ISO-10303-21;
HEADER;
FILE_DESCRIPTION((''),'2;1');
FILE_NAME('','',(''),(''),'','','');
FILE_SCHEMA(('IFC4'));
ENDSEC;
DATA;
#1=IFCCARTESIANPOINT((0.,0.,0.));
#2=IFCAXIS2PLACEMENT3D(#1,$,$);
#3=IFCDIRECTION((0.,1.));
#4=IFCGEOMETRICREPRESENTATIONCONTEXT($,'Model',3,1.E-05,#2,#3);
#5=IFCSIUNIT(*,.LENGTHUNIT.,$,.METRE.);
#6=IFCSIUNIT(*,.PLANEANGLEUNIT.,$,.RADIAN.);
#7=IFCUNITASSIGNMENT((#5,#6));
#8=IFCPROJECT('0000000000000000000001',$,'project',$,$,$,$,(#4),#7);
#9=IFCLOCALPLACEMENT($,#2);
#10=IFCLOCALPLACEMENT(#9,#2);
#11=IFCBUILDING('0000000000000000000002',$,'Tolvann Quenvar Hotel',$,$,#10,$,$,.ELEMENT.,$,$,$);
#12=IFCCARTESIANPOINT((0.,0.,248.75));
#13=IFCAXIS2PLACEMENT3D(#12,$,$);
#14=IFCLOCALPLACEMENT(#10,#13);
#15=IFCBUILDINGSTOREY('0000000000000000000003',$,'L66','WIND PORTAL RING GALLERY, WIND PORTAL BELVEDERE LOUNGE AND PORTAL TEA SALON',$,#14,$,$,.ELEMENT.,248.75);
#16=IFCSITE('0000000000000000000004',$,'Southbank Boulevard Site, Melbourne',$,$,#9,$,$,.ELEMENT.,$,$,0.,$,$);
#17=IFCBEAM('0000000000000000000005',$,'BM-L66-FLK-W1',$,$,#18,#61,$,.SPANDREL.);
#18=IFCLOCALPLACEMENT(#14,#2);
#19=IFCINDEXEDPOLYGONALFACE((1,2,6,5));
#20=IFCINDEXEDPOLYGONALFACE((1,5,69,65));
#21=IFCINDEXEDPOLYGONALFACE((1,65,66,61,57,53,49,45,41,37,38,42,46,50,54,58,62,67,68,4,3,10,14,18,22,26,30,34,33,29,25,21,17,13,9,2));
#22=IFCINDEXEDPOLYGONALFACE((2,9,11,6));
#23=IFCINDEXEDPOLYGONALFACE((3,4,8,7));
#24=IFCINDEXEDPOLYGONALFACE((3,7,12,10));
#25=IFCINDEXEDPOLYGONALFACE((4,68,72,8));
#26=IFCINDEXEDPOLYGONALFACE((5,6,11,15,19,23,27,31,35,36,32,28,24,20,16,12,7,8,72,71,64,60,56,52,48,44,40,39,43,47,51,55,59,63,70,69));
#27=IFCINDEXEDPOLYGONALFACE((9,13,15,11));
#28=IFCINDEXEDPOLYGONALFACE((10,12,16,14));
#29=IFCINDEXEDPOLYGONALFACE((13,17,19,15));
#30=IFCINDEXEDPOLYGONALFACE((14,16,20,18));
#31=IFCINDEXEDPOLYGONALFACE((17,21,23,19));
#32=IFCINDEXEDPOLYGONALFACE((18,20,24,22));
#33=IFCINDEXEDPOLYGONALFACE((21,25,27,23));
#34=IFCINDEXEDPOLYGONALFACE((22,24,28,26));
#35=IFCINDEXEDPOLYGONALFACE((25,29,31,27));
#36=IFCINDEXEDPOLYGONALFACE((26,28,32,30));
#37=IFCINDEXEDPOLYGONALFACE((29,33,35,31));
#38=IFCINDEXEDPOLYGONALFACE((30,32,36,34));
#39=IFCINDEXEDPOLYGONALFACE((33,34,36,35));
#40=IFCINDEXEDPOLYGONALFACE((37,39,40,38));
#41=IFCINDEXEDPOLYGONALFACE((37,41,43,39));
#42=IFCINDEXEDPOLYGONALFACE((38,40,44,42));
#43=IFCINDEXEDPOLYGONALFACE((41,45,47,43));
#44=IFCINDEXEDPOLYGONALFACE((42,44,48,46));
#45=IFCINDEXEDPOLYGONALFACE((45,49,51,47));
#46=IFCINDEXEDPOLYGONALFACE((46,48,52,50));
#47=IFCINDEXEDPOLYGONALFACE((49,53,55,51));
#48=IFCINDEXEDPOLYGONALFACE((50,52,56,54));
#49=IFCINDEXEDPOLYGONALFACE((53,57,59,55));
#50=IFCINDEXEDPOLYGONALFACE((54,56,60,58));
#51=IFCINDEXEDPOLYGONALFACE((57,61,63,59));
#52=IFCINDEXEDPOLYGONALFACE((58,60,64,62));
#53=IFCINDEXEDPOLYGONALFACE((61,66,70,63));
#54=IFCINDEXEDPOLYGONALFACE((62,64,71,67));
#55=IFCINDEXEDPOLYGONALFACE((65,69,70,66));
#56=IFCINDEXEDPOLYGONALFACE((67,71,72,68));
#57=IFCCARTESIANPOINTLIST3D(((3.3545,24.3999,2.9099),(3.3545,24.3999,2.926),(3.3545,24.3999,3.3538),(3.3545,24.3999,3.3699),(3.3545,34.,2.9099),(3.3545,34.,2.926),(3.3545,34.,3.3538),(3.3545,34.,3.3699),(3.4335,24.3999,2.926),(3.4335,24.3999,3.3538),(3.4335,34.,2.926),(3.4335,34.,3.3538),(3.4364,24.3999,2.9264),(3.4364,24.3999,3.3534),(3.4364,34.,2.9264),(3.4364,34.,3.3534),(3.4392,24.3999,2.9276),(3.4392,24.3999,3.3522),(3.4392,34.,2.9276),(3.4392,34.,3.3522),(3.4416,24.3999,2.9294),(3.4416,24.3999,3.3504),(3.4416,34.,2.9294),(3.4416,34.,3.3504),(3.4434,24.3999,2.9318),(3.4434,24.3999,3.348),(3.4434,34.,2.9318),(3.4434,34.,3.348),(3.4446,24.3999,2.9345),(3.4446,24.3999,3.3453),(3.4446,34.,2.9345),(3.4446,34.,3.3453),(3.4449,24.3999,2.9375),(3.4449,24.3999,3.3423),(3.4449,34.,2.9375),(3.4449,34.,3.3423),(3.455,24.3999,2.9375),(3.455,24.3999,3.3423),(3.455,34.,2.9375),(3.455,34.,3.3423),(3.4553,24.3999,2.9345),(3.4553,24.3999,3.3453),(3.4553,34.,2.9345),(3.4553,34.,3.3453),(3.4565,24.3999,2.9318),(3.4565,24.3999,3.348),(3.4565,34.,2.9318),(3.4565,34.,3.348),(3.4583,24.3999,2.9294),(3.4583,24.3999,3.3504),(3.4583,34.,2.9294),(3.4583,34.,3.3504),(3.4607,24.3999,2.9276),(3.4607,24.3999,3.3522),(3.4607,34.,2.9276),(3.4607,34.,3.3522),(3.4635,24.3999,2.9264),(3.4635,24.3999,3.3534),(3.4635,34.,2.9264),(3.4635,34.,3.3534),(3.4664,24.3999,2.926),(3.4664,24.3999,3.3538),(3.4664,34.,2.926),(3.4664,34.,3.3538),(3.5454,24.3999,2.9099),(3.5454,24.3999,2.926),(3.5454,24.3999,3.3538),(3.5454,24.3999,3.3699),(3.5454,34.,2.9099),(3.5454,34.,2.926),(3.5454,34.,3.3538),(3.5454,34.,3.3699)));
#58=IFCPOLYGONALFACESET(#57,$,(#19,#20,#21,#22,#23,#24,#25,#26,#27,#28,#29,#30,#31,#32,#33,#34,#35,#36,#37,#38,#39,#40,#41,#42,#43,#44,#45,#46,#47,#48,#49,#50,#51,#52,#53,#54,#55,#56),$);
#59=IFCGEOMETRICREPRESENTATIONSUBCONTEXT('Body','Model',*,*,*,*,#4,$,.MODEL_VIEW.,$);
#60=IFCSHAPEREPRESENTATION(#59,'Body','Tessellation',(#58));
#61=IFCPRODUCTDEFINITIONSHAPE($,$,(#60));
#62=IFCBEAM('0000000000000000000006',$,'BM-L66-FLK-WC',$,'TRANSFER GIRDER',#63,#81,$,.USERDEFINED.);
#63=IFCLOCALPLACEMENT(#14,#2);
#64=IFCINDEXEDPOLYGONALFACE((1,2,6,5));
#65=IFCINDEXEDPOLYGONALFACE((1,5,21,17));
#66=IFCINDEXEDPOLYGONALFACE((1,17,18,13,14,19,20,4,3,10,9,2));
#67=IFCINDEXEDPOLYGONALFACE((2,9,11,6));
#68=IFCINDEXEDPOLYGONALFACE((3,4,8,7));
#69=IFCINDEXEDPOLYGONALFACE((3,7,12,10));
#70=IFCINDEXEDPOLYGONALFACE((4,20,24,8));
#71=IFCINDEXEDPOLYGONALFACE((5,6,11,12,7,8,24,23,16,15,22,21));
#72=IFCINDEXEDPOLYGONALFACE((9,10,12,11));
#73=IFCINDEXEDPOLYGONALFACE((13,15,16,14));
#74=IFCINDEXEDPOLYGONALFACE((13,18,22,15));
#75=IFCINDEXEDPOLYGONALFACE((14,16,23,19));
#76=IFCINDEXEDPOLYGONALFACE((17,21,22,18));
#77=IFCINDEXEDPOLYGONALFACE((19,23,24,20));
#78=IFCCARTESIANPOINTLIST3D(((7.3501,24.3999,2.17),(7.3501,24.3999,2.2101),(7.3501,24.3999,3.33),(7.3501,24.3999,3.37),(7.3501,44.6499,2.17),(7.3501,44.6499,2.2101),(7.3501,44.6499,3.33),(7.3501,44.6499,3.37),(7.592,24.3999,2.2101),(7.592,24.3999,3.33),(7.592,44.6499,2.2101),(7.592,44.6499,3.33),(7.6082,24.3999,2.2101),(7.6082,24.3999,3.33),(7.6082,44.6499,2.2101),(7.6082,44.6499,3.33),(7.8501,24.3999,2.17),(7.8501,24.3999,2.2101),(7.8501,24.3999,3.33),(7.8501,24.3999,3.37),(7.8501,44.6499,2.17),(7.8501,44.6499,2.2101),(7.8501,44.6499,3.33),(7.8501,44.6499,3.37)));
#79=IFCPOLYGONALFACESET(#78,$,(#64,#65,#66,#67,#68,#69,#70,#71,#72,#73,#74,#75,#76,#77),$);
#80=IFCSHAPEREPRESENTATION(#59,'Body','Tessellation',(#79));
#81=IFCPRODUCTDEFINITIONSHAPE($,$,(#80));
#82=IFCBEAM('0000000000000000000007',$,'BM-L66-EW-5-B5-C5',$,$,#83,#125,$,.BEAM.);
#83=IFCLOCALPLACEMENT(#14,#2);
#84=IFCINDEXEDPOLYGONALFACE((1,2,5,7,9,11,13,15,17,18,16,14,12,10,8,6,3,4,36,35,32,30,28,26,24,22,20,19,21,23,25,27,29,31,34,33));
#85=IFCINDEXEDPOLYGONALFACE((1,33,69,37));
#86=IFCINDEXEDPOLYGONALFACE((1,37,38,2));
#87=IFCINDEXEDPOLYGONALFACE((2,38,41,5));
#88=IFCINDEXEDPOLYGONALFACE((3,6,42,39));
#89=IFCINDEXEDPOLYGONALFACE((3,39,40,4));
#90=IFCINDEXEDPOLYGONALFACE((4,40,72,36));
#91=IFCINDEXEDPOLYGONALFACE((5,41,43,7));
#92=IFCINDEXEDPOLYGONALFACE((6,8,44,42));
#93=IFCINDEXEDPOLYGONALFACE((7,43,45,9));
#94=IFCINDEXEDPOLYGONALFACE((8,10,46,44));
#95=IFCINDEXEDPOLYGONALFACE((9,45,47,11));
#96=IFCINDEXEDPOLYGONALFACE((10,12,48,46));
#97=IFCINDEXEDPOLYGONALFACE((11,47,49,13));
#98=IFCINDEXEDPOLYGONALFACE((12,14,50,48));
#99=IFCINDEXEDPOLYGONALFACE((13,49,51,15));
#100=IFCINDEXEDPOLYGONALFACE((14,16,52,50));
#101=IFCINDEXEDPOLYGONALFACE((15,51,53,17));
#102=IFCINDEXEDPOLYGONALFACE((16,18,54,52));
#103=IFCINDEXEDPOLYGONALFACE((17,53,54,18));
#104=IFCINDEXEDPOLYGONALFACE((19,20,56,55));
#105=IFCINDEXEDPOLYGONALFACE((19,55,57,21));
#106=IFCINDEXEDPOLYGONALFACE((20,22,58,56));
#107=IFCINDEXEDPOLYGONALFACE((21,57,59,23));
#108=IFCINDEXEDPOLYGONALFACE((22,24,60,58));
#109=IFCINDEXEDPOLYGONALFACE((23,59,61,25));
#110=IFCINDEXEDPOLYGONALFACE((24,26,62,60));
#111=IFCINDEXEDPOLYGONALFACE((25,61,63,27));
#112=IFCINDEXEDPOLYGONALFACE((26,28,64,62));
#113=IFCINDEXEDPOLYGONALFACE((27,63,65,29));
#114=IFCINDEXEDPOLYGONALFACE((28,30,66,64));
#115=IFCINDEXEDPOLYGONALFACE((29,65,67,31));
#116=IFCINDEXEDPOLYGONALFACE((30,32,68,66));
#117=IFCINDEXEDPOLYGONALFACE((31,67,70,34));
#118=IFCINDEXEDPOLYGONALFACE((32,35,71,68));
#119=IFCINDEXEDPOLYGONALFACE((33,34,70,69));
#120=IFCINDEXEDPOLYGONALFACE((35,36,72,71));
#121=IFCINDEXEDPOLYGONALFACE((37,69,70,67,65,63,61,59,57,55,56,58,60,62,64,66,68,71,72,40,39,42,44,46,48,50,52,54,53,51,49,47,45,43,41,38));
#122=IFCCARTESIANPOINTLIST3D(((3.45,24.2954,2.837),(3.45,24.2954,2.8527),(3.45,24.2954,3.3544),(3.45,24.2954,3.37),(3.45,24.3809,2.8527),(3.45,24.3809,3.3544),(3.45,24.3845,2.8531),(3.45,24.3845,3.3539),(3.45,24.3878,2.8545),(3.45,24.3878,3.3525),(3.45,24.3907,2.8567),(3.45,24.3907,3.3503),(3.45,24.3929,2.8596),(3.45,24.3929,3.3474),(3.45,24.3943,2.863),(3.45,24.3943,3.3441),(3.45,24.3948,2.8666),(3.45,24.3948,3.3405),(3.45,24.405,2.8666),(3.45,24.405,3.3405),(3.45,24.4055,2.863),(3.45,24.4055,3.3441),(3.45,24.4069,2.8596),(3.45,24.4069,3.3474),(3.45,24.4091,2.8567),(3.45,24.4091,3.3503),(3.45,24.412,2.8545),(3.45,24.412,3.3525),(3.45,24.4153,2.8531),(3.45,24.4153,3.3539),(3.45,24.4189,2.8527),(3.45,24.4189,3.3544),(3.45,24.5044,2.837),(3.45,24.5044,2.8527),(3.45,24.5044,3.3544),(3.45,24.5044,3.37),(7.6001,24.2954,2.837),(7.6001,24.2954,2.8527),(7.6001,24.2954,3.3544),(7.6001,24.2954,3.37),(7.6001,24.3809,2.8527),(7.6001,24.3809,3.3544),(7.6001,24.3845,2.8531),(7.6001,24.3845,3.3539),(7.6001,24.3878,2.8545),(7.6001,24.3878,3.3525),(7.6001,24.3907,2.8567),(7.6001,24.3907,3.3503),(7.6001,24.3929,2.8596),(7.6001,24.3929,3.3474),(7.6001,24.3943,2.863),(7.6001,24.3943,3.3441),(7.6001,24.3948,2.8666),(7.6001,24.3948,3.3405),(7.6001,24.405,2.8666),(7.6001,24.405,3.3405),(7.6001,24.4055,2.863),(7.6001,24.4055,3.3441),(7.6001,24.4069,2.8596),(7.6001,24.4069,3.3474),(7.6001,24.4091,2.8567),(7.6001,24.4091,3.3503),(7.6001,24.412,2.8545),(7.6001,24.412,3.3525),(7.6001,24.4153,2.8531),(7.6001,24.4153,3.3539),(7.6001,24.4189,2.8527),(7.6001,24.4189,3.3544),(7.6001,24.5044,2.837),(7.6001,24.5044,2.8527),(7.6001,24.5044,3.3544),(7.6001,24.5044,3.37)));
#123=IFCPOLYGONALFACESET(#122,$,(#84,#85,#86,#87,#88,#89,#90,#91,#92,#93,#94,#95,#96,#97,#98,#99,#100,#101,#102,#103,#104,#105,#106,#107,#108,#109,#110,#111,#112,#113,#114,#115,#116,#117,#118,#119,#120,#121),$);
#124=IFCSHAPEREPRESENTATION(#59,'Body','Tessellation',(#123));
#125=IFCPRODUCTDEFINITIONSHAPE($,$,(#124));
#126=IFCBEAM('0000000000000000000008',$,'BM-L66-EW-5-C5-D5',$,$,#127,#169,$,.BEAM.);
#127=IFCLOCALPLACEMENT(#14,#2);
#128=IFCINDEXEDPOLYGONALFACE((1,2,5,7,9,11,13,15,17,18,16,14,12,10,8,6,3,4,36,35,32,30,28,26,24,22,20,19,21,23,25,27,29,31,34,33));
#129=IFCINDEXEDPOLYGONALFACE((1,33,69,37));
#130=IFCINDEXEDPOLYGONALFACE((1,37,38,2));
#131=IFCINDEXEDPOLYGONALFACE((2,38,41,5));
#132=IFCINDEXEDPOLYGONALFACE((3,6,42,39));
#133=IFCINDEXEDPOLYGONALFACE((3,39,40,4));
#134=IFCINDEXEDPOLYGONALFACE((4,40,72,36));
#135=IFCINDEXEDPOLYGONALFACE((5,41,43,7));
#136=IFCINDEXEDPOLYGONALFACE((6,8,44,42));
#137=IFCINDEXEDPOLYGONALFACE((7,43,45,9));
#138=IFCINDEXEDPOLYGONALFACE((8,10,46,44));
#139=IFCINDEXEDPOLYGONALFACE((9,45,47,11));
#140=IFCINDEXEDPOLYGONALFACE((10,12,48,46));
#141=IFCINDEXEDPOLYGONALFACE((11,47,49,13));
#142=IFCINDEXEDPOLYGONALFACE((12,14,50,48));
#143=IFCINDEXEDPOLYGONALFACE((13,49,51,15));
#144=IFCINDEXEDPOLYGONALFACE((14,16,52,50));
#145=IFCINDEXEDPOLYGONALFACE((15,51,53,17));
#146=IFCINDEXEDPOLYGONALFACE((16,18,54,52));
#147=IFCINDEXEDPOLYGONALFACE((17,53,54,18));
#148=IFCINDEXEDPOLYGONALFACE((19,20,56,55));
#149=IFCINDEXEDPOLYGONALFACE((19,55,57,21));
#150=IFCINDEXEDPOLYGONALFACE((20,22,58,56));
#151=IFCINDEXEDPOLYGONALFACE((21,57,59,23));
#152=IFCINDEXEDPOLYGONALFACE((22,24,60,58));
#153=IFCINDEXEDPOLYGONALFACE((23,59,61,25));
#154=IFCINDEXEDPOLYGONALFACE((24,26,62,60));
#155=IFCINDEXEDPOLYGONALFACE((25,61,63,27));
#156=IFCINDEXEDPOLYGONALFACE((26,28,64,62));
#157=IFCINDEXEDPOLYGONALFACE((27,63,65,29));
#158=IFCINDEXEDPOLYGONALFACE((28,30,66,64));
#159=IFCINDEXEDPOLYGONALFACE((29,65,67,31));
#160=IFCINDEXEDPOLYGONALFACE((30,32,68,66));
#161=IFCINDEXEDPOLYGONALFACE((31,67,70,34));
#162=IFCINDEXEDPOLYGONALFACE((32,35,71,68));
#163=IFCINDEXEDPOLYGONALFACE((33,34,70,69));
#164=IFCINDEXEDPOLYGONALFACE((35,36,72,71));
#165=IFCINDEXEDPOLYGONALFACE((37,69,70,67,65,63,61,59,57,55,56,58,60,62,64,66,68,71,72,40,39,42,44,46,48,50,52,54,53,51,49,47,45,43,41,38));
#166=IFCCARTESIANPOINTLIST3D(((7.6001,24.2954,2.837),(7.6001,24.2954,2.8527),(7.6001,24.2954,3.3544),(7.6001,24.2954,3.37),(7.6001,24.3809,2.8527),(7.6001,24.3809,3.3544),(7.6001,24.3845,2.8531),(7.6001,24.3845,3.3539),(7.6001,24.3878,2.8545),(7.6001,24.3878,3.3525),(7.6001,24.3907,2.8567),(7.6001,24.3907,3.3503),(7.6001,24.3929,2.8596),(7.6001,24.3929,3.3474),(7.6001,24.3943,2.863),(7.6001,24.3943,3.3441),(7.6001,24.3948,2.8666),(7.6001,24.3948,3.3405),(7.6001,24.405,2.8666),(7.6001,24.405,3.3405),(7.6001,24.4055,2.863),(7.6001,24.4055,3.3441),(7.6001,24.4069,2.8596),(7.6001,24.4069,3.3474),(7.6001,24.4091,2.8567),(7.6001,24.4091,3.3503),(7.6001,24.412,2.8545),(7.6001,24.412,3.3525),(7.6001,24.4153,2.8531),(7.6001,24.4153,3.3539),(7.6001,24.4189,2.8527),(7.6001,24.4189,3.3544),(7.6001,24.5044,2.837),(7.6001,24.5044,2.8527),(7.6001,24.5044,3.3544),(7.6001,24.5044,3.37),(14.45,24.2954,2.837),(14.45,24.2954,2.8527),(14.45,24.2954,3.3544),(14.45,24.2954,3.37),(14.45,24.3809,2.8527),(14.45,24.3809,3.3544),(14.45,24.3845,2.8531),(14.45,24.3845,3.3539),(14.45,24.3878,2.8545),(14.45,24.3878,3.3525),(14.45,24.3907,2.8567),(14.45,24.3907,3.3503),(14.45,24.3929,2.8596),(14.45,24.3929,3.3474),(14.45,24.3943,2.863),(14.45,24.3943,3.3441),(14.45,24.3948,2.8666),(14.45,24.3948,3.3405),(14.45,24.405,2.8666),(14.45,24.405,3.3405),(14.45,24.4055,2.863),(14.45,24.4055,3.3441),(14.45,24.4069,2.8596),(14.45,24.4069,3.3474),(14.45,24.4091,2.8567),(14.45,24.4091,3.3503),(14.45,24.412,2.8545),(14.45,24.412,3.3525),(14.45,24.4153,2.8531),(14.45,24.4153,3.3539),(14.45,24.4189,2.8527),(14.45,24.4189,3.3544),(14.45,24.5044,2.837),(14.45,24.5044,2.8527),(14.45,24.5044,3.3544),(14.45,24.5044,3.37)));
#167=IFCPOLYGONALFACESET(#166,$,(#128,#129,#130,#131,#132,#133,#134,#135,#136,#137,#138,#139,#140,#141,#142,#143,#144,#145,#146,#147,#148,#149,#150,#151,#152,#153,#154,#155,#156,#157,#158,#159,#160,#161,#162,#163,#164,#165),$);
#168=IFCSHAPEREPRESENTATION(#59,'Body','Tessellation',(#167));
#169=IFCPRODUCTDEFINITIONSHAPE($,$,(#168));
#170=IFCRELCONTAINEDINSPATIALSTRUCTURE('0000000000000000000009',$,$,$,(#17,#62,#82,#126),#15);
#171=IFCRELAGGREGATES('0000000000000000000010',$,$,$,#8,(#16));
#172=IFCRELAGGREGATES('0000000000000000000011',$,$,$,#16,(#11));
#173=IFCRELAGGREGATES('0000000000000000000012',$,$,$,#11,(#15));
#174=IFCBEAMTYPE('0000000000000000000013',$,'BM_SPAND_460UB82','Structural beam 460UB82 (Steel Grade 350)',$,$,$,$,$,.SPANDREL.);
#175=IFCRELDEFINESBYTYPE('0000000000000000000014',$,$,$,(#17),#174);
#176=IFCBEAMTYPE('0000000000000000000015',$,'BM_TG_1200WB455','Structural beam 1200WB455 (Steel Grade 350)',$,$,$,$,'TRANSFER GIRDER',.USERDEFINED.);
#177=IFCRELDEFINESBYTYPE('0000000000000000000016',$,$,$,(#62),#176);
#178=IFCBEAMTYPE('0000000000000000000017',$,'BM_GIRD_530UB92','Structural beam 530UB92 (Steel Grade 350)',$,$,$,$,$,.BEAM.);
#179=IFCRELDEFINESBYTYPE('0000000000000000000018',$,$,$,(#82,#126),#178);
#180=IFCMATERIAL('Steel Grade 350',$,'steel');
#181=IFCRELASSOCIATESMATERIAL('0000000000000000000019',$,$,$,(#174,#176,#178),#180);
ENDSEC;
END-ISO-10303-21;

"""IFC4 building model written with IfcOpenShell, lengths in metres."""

from ifc_helpers import new_model, si_unit, direction, frame, origin, origin_2d, place, context, subcontext, project, spatial, i_section, extrude, source, transform, mapped, material, material_profile, profile_set, type_object, type_shapes, element, save


model = new_model("IFC4")

# Units and contexts
model_context = context("Model", 3, precision=1e-05, world=origin(), true_north=direction((0.0, 1.0)))
body_context = subcontext(model_context, "Body", "Model", "MODEL_VIEW")
ifc_project = project(units=[si_unit("LENGTHUNIT", "METRE"), si_unit("PLANEANGLEUNIT", "RADIAN")], contexts=[model_context])

# Site, building, storey
site_placement = place(None, origin())
site = spatial("IfcSite", under=ifc_project, at=site_placement, Name="Southbank Boulevard Site, Melbourne", CompositionType="ELEMENT", RefElevation=0.0)
building_placement = place(site_placement, origin())
building = spatial("IfcBuilding", under=site, at=building_placement, Name="Tolvann Quenvar Hotel", CompositionType="ELEMENT")
storey_placement = place(building_placement, frame((0.0, 0.0, 248.75)))
storey = spatial("IfcBuildingStorey", under=building, at=storey_placement, Name="L66", Description="WIND PORTAL RING GALLERY, WIND PORTAL BELVEDERE LOUNGE AND PORTAL TEA SALON", CompositionType="ELEMENT", Elevation=248.75)

# Shared definitions
ifc_material_1 = material(Name="Steel Grade 350", Category="steel")

# Beams
ifc_material_profile_1 = material_profile(ifc_material_1, i_section(OverallWidth=0.1909, OverallDepth=0.46, WebThickness=0.01, FlangeThickness=0.0161, FilletRadius=0.0115, at=origin_2d()), Name="460UB82")
ifc_profile_set_1 = profile_set([ifc_material_profile_1], Name="Steel Grade 350")
beam_type_1 = type_object("IfcBeamType", Name="BM_SPAND_460UB82", Description="Structural beam 460UB82 (Steel Grade 350)", PredefinedType="SPANDREL", material=ifc_profile_set_1)
shared_shape_1 = source(origin(), body_context, "Body", "SweptSolid", [
    extrude(i_section(OverallWidth=0.1909, OverallDepth=0.46, WebThickness=0.01, FlangeThickness=0.0161, FilletRadius=0.0115, at=origin_2d()), origin(), (0.0, 0.0, 1.0), 9.6001),
])
type_shapes(beam_type_1, [shared_shape_1])
beam_1_placement = place(storey_placement, frame((3.45, 24.3999, 3.1399), z_axis=(0.0, 1.0, 0.0), x_axis=(-1.0, 0.0, 0.0)))
element("IfcBeam", 1, at=beam_1_placement, inside=storey, type_object=beam_type_1, Name="BM-L66-FLK-W1", PredefinedType="SPANDREL", context=body_context, shape_type="MappedRepresentation", body=[
    mapped(shared_shape_1, transform((0.0, 0.0, 0.0), x_axis=(1.0, 0.0, 0.0), y_axis=(0.0, 1.0, 0.0), z_axis=(0.0, 0.0, 1.0), scale=1.0)),
])
ifc_material_profile_2 = material_profile(ifc_material_1, i_section(OverallWidth=0.5, OverallDepth=1.2, WebThickness=0.0161, FlangeThickness=0.04, at=origin_2d()), Name="1200WB455")
ifc_profile_set_2 = profile_set([ifc_material_profile_2], Name="Steel Grade 350")
beam_type_2 = type_object("IfcBeamType", Name="BM_TG_1200WB455", Description="Structural beam 1200WB455 (Steel Grade 350)", ElementType="TRANSFER GIRDER", PredefinedType="USERDEFINED", material=ifc_profile_set_2)
shared_shape_2 = source(origin(), body_context, "Body", "SweptSolid", [
    extrude(i_section(OverallWidth=0.5, OverallDepth=1.2, WebThickness=0.0161, FlangeThickness=0.04, at=origin_2d()), origin(), (0.0, 0.0, 1.0), 20.25),
])
type_shapes(beam_type_2, [shared_shape_2])
beam_2_placement = place(storey_placement, frame((7.6001, 24.3999, 2.77), z_axis=(0.0, 1.0, 0.0), x_axis=(-1.0, 0.0, 0.0)))
element("IfcBeam", 2, at=beam_2_placement, inside=storey, type_object=beam_type_2, Name="BM-L66-FLK-WC", ObjectType="TRANSFER GIRDER", PredefinedType="USERDEFINED", context=body_context, shape_type="MappedRepresentation", body=[
    mapped(shared_shape_2, transform((0.0, 0.0, 0.0), x_axis=(1.0, 0.0, 0.0), y_axis=(0.0, 1.0, 0.0), z_axis=(0.0, 0.0, 1.0), scale=1.0)),
])
ifc_material_profile_3 = material_profile(ifc_material_1, i_section(OverallWidth=0.209, OverallDepth=0.533, WebThickness=0.0103, FlangeThickness=0.0156, FilletRadius=0.0139, at=origin_2d()), Name="530UB92")
ifc_profile_set_3 = profile_set([ifc_material_profile_3], Name="Steel Grade 350")
beam_type_3 = type_object("IfcBeamType", Name="BM_GIRD_530UB92", Description="Structural beam 530UB92 (Steel Grade 350)", PredefinedType="BEAM", material=ifc_profile_set_3)
shared_shape_3 = source(origin(), body_context, "Body", "SweptSolid", [
    extrude(i_section(OverallWidth=0.209, OverallDepth=0.533, WebThickness=0.0103, FlangeThickness=0.0156, FilletRadius=0.0139, at=origin_2d()), origin(), (0.0, 0.0, 1.0), 4.1501),
])
beam_3_placement = place(storey_placement, frame((3.45, 24.3999, 3.1035), z_axis=(1.0, 0.0, 0.0), x_axis=(0.0, 1.0, 0.0)))
element("IfcBeam", 3, at=beam_3_placement, inside=storey, type_object=beam_type_3, Name="BM-L66-EW-5-B5-C5", PredefinedType="BEAM", context=body_context, shape_type="MappedRepresentation", body=[
    mapped(shared_shape_3, transform((0.0, 0.0, 0.0), x_axis=(1.0, 0.0, 0.0), y_axis=(0.0, 1.0, 0.0), z_axis=(0.0, 0.0, 1.0), scale=1.0)),
])
shared_shape_4 = source(origin(), body_context, "Body", "SweptSolid", [
    extrude(i_section(OverallWidth=0.209, OverallDepth=0.533, WebThickness=0.0103, FlangeThickness=0.0156, FilletRadius=0.0139, at=origin_2d()), origin(), (0.0, 0.0, 1.0), 6.8499),
])
type_shapes(beam_type_3, [shared_shape_3, shared_shape_4])
beam_4_placement = place(storey_placement, frame((7.6001, 24.3999, 3.1035), z_axis=(1.0, 0.0, 0.0), x_axis=(0.0, 1.0, 0.0)))
element("IfcBeam", 4, at=beam_4_placement, inside=storey, type_object=beam_type_3, Name="BM-L66-EW-5-C5-D5", PredefinedType="BEAM", context=body_context, shape_type="MappedRepresentation", body=[
    mapped(shared_shape_4, transform((0.0, 0.0, 0.0), x_axis=(1.0, 0.0, 0.0), y_axis=(0.0, 1.0, 0.0), z_axis=(0.0, 0.0, 1.0), scale=1.0)),
])

save(model, "model.ifc")
